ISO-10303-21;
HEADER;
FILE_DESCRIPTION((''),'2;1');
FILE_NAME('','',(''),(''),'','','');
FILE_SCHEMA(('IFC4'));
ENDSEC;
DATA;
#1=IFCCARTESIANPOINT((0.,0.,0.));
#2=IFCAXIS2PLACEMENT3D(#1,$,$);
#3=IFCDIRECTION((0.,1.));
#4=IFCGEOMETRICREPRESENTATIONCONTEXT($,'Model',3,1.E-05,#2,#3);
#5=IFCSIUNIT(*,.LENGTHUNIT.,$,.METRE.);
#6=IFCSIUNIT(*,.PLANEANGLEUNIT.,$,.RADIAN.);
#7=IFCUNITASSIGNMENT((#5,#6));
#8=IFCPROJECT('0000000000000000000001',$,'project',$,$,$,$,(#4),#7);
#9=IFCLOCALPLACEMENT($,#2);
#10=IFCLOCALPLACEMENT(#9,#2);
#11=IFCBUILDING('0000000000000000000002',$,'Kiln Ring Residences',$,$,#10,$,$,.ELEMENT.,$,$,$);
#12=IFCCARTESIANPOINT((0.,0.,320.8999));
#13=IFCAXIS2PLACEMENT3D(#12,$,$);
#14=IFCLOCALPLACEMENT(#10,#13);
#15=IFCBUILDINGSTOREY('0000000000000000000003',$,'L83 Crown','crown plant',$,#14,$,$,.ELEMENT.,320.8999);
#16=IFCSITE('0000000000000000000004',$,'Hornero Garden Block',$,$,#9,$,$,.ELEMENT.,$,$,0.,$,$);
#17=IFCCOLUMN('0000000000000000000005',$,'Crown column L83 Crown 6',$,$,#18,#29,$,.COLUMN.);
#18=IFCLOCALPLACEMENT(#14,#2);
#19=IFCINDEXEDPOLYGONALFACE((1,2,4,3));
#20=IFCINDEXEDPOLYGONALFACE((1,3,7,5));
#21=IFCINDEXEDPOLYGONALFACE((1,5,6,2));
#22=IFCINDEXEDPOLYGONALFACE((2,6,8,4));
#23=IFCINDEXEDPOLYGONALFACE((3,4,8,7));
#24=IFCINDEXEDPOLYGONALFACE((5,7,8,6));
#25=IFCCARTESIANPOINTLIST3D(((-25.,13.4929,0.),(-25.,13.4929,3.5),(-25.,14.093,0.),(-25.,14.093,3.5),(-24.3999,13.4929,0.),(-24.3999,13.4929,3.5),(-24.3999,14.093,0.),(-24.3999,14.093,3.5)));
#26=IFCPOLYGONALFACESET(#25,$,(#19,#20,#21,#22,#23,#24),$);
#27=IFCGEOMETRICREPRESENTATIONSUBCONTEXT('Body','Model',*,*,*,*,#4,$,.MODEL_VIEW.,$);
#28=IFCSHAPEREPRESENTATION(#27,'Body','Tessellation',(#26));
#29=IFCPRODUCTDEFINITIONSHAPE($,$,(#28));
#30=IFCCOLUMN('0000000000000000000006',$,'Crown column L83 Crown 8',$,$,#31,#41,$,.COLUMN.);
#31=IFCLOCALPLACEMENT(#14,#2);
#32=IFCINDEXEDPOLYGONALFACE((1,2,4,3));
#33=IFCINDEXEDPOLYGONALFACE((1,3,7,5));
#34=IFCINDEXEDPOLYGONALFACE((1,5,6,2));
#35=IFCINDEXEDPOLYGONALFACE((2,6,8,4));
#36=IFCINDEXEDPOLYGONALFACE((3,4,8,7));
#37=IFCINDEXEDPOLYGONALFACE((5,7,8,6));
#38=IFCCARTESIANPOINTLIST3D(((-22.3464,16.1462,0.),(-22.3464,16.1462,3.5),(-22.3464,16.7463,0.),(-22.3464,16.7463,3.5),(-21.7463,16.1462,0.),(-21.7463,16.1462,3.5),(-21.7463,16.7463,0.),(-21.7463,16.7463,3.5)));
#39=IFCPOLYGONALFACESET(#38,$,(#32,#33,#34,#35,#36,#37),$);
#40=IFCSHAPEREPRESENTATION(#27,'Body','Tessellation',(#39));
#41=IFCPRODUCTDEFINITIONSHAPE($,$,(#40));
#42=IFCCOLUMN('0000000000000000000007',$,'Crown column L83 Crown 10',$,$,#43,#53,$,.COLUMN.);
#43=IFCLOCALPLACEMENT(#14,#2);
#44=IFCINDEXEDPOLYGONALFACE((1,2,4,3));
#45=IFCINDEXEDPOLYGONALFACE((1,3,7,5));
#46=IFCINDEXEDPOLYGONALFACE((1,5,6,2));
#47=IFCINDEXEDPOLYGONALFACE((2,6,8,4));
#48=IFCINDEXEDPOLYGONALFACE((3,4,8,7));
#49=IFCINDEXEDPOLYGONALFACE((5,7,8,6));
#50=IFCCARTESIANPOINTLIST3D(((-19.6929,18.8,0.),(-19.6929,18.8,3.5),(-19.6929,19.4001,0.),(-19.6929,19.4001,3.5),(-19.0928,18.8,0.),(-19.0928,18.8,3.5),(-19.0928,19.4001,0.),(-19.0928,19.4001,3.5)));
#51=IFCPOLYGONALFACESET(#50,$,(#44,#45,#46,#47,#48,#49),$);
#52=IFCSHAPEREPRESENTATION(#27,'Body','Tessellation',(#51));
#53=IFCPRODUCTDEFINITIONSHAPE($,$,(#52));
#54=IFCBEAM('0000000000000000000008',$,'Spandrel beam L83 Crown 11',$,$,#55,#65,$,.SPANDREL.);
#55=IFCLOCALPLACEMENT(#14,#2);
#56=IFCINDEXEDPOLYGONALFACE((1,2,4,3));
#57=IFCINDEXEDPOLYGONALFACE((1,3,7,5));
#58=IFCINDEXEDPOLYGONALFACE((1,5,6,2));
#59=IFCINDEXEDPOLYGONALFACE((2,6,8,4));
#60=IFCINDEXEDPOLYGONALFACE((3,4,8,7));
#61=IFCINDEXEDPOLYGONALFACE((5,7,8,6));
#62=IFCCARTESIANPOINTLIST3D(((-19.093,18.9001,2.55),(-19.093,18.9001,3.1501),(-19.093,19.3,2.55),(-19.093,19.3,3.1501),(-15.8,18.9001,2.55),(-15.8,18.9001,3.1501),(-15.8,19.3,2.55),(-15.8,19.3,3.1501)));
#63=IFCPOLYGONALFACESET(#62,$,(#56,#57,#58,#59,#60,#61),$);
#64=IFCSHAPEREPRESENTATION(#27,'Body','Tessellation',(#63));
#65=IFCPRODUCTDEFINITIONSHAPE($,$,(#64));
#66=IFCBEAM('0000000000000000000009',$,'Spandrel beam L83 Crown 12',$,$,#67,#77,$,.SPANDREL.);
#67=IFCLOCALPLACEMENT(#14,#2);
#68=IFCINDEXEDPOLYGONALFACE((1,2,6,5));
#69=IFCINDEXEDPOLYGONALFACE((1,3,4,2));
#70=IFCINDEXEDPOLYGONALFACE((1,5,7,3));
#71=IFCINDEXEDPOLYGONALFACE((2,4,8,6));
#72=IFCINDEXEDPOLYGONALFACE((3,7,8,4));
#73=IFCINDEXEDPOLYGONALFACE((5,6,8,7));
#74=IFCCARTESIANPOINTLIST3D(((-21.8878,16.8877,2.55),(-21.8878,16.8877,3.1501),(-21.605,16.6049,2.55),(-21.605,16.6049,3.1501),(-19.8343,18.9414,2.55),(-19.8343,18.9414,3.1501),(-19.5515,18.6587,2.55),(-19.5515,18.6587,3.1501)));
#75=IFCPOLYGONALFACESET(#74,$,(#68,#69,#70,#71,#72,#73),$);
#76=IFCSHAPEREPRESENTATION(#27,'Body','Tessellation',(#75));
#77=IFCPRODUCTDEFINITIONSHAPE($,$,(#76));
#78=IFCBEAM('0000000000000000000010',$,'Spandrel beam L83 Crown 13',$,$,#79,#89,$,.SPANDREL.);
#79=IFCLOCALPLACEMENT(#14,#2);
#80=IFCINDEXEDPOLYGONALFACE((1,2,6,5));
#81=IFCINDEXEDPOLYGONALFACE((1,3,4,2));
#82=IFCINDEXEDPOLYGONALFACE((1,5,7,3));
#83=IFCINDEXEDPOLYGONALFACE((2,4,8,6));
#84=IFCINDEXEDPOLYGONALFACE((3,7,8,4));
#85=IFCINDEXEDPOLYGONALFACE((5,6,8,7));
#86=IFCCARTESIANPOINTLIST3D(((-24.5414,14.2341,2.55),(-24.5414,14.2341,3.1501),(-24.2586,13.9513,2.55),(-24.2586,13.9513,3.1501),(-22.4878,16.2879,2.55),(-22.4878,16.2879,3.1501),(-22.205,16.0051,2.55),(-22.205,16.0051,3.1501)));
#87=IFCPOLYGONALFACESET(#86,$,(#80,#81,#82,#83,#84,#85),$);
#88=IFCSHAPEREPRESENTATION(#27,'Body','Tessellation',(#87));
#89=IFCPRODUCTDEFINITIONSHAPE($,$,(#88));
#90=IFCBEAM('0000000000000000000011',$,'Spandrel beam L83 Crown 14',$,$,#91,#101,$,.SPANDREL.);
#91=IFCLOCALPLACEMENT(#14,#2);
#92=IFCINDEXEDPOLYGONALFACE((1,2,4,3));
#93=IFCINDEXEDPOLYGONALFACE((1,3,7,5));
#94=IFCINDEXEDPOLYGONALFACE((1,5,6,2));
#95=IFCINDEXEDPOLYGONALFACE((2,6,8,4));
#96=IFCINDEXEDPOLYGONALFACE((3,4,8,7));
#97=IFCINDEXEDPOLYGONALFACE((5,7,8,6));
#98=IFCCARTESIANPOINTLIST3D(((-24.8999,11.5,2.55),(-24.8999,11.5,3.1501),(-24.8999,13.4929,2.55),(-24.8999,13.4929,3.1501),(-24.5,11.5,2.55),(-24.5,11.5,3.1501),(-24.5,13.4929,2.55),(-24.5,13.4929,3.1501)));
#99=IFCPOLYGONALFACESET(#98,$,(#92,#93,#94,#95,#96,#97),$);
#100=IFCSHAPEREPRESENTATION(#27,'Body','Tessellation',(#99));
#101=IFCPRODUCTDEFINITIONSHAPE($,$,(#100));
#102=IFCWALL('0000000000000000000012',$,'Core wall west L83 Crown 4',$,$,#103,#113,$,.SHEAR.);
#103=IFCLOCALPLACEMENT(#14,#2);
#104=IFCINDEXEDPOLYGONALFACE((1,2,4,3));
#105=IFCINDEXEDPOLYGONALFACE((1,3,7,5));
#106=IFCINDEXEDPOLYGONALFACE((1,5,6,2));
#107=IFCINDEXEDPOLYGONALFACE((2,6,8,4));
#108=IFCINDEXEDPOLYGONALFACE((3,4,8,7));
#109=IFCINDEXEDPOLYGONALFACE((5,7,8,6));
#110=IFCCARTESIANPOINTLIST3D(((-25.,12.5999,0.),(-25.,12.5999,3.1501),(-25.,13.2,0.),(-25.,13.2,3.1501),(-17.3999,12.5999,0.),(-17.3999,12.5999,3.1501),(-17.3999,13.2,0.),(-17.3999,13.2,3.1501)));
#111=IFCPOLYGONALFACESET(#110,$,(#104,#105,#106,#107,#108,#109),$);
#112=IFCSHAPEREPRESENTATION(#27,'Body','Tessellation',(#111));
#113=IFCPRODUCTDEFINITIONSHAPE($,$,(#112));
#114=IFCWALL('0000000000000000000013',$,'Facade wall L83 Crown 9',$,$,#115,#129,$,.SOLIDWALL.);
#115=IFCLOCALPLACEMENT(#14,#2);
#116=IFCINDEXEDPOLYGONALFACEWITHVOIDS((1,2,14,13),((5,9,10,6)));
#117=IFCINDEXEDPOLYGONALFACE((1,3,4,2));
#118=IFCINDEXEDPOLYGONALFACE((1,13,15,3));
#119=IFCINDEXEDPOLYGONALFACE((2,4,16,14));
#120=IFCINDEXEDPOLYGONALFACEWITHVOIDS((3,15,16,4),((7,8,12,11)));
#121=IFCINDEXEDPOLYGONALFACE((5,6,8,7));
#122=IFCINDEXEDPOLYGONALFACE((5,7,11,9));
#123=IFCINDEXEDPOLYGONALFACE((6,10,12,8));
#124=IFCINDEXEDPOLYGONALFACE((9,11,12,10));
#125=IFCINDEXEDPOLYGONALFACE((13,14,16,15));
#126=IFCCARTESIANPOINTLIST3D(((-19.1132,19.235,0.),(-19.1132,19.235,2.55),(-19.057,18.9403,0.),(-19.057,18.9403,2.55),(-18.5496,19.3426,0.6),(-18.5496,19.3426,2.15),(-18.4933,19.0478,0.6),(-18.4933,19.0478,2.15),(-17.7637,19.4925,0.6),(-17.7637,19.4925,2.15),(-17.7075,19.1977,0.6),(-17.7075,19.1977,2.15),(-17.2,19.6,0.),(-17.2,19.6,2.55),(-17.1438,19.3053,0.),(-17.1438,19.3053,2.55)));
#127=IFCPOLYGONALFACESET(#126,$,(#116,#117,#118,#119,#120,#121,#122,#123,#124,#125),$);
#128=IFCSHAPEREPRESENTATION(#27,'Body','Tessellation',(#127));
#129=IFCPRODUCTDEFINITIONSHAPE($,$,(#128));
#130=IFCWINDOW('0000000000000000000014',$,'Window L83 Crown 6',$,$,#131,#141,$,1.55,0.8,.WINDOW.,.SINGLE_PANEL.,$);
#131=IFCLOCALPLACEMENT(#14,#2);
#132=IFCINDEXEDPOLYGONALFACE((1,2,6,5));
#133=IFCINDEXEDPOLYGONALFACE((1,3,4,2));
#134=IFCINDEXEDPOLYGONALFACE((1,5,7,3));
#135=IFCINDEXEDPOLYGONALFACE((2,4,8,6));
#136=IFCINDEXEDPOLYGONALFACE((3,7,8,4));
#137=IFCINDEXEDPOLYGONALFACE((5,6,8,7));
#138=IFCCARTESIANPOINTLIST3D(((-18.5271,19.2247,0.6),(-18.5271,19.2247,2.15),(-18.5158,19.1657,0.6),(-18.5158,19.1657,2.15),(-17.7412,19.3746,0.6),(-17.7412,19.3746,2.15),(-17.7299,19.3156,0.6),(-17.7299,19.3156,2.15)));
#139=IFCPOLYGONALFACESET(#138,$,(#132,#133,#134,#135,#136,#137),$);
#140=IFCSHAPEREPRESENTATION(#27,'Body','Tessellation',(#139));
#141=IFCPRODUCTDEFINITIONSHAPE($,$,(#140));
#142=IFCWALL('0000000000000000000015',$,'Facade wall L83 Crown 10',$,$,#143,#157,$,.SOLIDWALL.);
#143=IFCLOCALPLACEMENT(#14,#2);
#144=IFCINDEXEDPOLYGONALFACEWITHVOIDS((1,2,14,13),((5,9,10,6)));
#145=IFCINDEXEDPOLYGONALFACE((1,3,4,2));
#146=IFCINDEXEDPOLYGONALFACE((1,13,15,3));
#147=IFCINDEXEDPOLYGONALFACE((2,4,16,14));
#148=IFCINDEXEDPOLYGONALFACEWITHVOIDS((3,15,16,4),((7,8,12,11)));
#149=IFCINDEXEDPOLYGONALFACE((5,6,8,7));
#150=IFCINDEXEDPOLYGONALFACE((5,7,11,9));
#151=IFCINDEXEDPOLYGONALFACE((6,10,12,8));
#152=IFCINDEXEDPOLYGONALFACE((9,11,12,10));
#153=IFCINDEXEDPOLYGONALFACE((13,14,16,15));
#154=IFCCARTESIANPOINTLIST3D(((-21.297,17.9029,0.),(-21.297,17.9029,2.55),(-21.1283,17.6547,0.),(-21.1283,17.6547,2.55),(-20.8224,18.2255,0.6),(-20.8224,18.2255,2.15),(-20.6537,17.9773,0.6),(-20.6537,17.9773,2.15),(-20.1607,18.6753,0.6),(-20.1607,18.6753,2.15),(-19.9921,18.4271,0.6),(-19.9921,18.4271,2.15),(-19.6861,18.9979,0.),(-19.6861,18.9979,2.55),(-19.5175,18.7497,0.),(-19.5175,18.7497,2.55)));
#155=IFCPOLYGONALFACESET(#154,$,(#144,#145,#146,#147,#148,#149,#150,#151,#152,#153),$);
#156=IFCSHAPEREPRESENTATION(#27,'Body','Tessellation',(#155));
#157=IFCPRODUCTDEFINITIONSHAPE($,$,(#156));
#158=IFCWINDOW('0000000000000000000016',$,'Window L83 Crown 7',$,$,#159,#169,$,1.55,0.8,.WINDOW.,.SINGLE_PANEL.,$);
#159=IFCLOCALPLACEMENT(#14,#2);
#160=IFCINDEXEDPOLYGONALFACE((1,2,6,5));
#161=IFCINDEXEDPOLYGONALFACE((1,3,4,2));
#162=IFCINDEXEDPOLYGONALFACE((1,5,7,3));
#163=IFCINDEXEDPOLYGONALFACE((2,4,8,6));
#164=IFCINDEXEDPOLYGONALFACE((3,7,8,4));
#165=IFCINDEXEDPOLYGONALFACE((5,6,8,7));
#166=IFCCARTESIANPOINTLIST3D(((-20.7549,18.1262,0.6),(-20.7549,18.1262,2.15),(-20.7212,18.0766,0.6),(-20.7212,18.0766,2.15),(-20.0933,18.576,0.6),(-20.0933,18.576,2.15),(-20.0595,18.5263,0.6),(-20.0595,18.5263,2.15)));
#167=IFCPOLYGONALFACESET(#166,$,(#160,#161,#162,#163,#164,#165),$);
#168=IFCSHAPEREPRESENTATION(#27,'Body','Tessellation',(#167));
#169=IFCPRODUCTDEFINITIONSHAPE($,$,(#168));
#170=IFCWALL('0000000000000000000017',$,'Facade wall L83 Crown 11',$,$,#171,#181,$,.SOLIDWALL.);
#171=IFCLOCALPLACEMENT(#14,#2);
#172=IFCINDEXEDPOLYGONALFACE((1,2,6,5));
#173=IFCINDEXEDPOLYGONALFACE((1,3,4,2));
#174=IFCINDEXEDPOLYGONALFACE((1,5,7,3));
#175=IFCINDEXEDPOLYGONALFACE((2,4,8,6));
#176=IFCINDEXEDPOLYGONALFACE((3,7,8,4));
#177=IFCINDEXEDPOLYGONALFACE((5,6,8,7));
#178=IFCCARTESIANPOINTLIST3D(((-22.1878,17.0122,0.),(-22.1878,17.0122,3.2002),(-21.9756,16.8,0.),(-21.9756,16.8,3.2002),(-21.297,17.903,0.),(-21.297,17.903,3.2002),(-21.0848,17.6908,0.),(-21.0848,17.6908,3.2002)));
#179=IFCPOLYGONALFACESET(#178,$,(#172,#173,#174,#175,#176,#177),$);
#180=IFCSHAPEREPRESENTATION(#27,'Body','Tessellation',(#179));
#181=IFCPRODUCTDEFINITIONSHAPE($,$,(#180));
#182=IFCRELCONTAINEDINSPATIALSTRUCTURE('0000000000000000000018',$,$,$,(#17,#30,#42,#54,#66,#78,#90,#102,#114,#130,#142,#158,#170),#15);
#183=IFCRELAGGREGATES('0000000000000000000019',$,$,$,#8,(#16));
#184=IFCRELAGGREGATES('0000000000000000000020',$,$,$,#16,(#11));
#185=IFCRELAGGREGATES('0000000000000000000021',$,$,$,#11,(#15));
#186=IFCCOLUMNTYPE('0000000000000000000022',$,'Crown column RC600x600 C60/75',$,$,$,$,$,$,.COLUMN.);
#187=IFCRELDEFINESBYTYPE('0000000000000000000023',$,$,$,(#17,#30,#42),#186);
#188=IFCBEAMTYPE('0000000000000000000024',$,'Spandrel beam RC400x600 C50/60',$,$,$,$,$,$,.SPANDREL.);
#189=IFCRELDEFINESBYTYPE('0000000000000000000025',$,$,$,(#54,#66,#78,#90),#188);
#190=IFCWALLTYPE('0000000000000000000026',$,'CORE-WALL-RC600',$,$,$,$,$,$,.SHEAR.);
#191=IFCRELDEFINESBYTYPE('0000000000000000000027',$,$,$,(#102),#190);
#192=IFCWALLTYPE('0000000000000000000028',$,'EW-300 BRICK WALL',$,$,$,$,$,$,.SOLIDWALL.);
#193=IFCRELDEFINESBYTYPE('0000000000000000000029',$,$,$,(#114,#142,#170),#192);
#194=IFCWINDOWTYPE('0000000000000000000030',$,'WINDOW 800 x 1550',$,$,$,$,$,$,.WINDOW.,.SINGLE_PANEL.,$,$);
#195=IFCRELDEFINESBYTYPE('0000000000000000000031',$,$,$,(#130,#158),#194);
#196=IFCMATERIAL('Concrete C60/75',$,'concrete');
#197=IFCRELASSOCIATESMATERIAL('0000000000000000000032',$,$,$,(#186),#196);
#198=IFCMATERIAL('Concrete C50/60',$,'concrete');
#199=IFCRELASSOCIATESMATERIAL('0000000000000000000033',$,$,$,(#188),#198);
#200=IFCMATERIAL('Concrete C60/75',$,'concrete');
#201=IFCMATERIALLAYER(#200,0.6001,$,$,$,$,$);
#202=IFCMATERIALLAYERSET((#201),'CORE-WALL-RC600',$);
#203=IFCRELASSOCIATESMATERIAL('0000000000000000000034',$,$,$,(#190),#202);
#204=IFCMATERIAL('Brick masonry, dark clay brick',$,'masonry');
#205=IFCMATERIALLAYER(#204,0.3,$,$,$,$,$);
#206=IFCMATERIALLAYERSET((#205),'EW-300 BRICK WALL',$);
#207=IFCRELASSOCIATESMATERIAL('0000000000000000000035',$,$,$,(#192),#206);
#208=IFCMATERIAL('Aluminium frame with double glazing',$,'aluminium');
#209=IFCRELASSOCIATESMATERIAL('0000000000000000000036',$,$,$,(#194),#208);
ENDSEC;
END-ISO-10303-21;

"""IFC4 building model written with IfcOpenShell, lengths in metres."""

from ifc_helpers import new_model, si_unit, direction, frame, frame_2d, origin, origin_2d, place, context, subcontext, project, spatial, rectangle, extrude, material, layer, layer_set, material_profile, profile_set, type_object, element, fill, save


model = new_model("IFC4")

# Units and contexts
model_context = context("Model", 3, precision=1e-05, world=origin(), true_north=direction((0.0, 1.0)))
body_context = subcontext(model_context, "Body", "Model", "MODEL_VIEW")
ifc_project = project(units=[si_unit("LENGTHUNIT", "METRE"), si_unit("PLANEANGLEUNIT", "RADIAN")], contexts=[model_context])

# Site, building, storey
site_placement = place(None, origin())
site = spatial("IfcSite", under=ifc_project, at=site_placement, Name="Hornero Garden Block", CompositionType="ELEMENT", RefElevation=0.0)
building_placement = place(site_placement, origin())
building = spatial("IfcBuilding", under=site, at=building_placement, Name="Kiln Ring Residences", CompositionType="ELEMENT")
storey_placement = place(building_placement, frame((0.0, 0.0, 320.8999)))
storey = spatial("IfcBuildingStorey", under=building, at=storey_placement, Name="L83 Crown", Description="crown plant", CompositionType="ELEMENT", Elevation=320.8999)

# Columns
ifc_material_1 = material(Name="Concrete C60/75", Category="concrete")
ifc_material_profile_1 = material_profile(ifc_material_1, rectangle(XDim=0.6001, YDim=0.6001, at=origin_2d()), Name="RC600x600")
ifc_profile_set_1 = profile_set([ifc_material_profile_1], Name="Concrete C60/75")
column_type = type_object("IfcColumnType", Name="Crown column RC600x600 C60/75", PredefinedType="COLUMN", material=ifc_profile_set_1)
for number, where, z_axis, x_axis, name in (
    (1, (-24.7, 13.793, 0.0), (0.0, 0.0, 1.0), (1.0, 0.0, 0.0), "Crown column L83 Crown 6"),
    (2, (-22.0464, 16.4463, 0.0), (0.0, 0.0, 1.0), (1.0, 0.0, 0.0), "Crown column L83 Crown 8"),
    (3, (-19.3928, 19.1001, 0.0), (0.0, 0.0, 1.0), (1.0, 0.0, 0.0), "Crown column L83 Crown 10"),
):
    element("IfcColumn", number, at=place(storey_placement, frame(where, z_axis=z_axis, x_axis=x_axis)), inside=storey, type_object=column_type, Name=name, PredefinedType="COLUMN", context=body_context, shape_type="SweptSolid", body=[
        extrude(rectangle(XDim=0.6001, YDim=0.6001, at=origin_2d()), origin(), (0.0, 0.0, 1.0), 3.5),
    ])

# Beams
ifc_material_2 = material(Name="Concrete C50/60", Category="concrete")
ifc_material_profile_2 = material_profile(ifc_material_2, rectangle(XDim=0.3999, YDim=0.6001, at=origin_2d()), Name="RC400x600")
ifc_profile_set_2 = profile_set([ifc_material_profile_2], Name="Concrete C50/60")
beam_type = type_object("IfcBeamType", Name="Spandrel beam RC400x600 C50/60", PredefinedType="SPANDREL", material=ifc_profile_set_2)
beam_1_placement = place(storey_placement, frame((-15.8, 19.1001, 2.8501), z_axis=(-1.0, 0.0, 0.0), x_axis=(0.0, -1.0, 0.0)))
element("IfcBeam", 4, at=beam_1_placement, inside=storey, type_object=beam_type, Name="Spandrel beam L83 Crown 11", PredefinedType="SPANDREL", context=body_context, shape_type="SweptSolid", body=[
    extrude(rectangle(XDim=0.3999, YDim=0.6001, at=origin_2d()), origin(), (0.0, 0.0, 1.0), 3.293),
])
for number, where, z_axis, x_axis, name in (
    (5, (-19.6929, 18.8, 2.8501), (-0.707065, -0.707149, 0.0), (0.707149, -0.707065, 0.0), "Spandrel beam L83 Crown 12"),
    (6, (-22.3464, 16.1465, 2.8501), (-0.707065, -0.707149, 0.0), (0.707149, -0.707065, 0.0), "Spandrel beam L83 Crown 13"),
):
    element("IfcBeam", number, at=place(storey_placement, frame(where, z_axis=z_axis, x_axis=x_axis)), inside=storey, type_object=beam_type, Name=name, PredefinedType="SPANDREL", context=body_context, shape_type="SweptSolid", body=[
        extrude(rectangle(XDim=0.3999, YDim=0.6001, at=origin_2d()), origin(), (0.0, 0.0, 1.0), 2.9043),
    ])
beam_2_placement = place(storey_placement, frame((-24.7, 13.4929, 2.8501), z_axis=(0.0, -1.0, 0.0), x_axis=(1.0, 0.0, 0.0)))
element("IfcBeam", 7, at=beam_2_placement, inside=storey, type_object=beam_type, Name="Spandrel beam L83 Crown 14", PredefinedType="SPANDREL", context=body_context, shape_type="SweptSolid", body=[
    extrude(rectangle(XDim=0.3999, YDim=0.6001, at=origin_2d()), origin(), (0.0, 0.0, 1.0), 1.9929),
])

# Wall
ifc_material_3 = material(Name="Concrete C60/75", Category="concrete")
ifc_layer_1 = layer(ifc_material_3, 0.6001)
ifc_layer_set_1 = layer_set([ifc_layer_1], Name="CORE-WALL-RC600")
wall_type_1 = type_object("IfcWallType", Name="CORE-WALL-RC600", PredefinedType="SHEAR", material=ifc_layer_set_1)
wall_1_placement = place(storey_placement, frame((-17.3999, 12.8999, 0.0), z_axis=(0.0, 0.0, 1.0), x_axis=(-1.0, 0.0, 0.0)))
element("IfcWall", 8, at=wall_1_placement, inside=storey, type_object=wall_type_1, Name="Core wall west L83 Crown 4", PredefinedType="SHEAR", context=body_context, shape_type="SweptSolid", body=[
    extrude(rectangle(XDim=7.6001, YDim=0.6001, at=frame_2d((3.8, 0.0))), origin(), (0.0, 0.0, 1.0), 3.1501),
])

# Walls, openings, windows
ifc_material_4 = material(Name="Brick masonry, dark clay brick", Category="masonry")
ifc_layer_2 = layer(ifc_material_4, 0.3)
ifc_layer_set_2 = layer_set([ifc_layer_2], Name="EW-300 BRICK WALL")
wall_type_2 = type_object("IfcWallType", Name="EW-300 BRICK WALL", PredefinedType="SOLIDWALL", material=ifc_layer_set_2)
wall_2_placement = place(storey_placement, frame((-17.1719, 19.4526, 0.0), z_axis=(0.0, 0.0, 1.0), x_axis=(-0.982287, -0.187383, 0.0)))
wall_2 = element("IfcWall", 9, at=wall_2_placement, inside=storey, type_object=wall_type_2, Name="Facade wall L83 Crown 9", PredefinedType="SOLIDWALL", context=body_context, shape_type="SweptSolid", body=[
    extrude(rectangle(XDim=1.9478, YDim=0.3, at=frame_2d((0.9739, 0.0))), origin(), (0.0, 0.0, 1.0), 2.55),
])
opening_1_placement = place(wall_2_placement, frame((0.574, 0.0, 0.6001)))
opening_1 = element("IfcOpeningElement", 10, at=opening_1_placement, cuts=wall_2, PredefinedType="OPENING", context=body_context, shape_type="SweptSolid", body=[
    extrude(rectangle(XDim=0.8, YDim=1.55, at=frame_2d((0.3999, 0.7749))), frame((0.0, 0.1599, 0.0), z_axis=(0.0, -1.0, 0.0), x_axis=(1.0, 0.0, 0.0)), (0.0, 0.0, 1.0), 0.3201),
])
ifc_material_5 = material(Name="Aluminium frame with double glazing", Category="aluminium")
window_type = type_object("IfcWindowType", Name="WINDOW 800 x 1550", PartitioningType="SINGLE_PANEL", PredefinedType="WINDOW", material=ifc_material_5)
window_1_placement = place(opening_1_placement, origin())
window_1 = element("IfcWindow", 11, at=window_1_placement, inside=storey, type_object=window_type, Name="Window L83 Crown 6", OverallHeight=1.55, OverallWidth=0.8, PartitioningType="SINGLE_PANEL", PredefinedType="WINDOW", context=body_context, shape_type="SweptSolid", body=[
    extrude(rectangle(XDim=0.8, YDim=1.55, at=frame_2d((0.3999, 0.7749))), frame((0.0, 0.03, 0.0), z_axis=(0.0, -1.0, 0.0), x_axis=(1.0, 0.0, 0.0)), (0.0, 0.0, 1.0), 0.0601),
])
fill(opening_1, window_1)
wall_3_placement = place(storey_placement, frame((-19.6018, 18.8738, 0.0), z_axis=(0.0, 0.0, 1.0), x_axis=(-0.827022, -0.562169, 0.0)))
wall_3 = element("IfcWall", 12, at=wall_3_placement, inside=storey, type_object=wall_type_2, Name="Facade wall L83 Crown 10", PredefinedType="SOLIDWALL", context=body_context, shape_type="SweptSolid", body=[
    extrude(rectangle(XDim=1.9478, YDim=0.3, at=frame_2d((0.9739, 0.0))), origin(), (0.0, 0.0, 1.0), 2.55),
])
opening_2_placement = place(wall_3_placement, frame((0.574, 0.0, 0.6001)))
opening_2 = element("IfcOpeningElement", 13, at=opening_2_placement, cuts=wall_3, PredefinedType="OPENING", context=body_context, shape_type="SweptSolid", body=[
    extrude(rectangle(XDim=0.8, YDim=1.55, at=frame_2d((0.3999, 0.7749))), frame((0.0, 0.1599, 0.0), z_axis=(0.0, -1.0, 0.0), x_axis=(1.0, 0.0, 0.0)), (0.0, 0.0, 1.0), 0.3201),
])
window_2_placement = place(opening_2_placement, origin())
window_2 = element("IfcWindow", 14, at=window_2_placement, inside=storey, type_object=window_type, Name="Window L83 Crown 7", OverallHeight=1.55, OverallWidth=0.8, PartitioningType="SINGLE_PANEL", PredefinedType="WINDOW", context=body_context, shape_type="SweptSolid", body=[
    extrude(rectangle(XDim=0.8, YDim=1.55, at=frame_2d((0.3999, 0.7749))), frame((0.0, 0.03, 0.0), z_axis=(0.0, -1.0, 0.0), x_axis=(1.0, 0.0, 0.0)), (0.0, 0.0, 1.0), 0.0601),
])
fill(opening_2, window_2)

# Wall
for number, where, z_axis, x_axis, name in (
    (15, (-21.1909, 17.7969, 0.0), (0.0, 0.0, 1.0), (-0.707107, -0.707107, 0.0), "Facade wall L83 Crown 11"),
):
    element("IfcWall", number, at=place(storey_placement, frame(where, z_axis=z_axis, x_axis=x_axis)), inside=storey, type_object=wall_type_2, Name=name, PredefinedType="SOLIDWALL", context=body_context, shape_type="SweptSolid", body=[
        extrude(rectangle(XDim=1.2598, YDim=0.3, at=frame_2d((0.6299, 0.0))), origin(), (0.0, 0.0, 1.0), 3.2002),
    ])

save(model, "model.ifc")
